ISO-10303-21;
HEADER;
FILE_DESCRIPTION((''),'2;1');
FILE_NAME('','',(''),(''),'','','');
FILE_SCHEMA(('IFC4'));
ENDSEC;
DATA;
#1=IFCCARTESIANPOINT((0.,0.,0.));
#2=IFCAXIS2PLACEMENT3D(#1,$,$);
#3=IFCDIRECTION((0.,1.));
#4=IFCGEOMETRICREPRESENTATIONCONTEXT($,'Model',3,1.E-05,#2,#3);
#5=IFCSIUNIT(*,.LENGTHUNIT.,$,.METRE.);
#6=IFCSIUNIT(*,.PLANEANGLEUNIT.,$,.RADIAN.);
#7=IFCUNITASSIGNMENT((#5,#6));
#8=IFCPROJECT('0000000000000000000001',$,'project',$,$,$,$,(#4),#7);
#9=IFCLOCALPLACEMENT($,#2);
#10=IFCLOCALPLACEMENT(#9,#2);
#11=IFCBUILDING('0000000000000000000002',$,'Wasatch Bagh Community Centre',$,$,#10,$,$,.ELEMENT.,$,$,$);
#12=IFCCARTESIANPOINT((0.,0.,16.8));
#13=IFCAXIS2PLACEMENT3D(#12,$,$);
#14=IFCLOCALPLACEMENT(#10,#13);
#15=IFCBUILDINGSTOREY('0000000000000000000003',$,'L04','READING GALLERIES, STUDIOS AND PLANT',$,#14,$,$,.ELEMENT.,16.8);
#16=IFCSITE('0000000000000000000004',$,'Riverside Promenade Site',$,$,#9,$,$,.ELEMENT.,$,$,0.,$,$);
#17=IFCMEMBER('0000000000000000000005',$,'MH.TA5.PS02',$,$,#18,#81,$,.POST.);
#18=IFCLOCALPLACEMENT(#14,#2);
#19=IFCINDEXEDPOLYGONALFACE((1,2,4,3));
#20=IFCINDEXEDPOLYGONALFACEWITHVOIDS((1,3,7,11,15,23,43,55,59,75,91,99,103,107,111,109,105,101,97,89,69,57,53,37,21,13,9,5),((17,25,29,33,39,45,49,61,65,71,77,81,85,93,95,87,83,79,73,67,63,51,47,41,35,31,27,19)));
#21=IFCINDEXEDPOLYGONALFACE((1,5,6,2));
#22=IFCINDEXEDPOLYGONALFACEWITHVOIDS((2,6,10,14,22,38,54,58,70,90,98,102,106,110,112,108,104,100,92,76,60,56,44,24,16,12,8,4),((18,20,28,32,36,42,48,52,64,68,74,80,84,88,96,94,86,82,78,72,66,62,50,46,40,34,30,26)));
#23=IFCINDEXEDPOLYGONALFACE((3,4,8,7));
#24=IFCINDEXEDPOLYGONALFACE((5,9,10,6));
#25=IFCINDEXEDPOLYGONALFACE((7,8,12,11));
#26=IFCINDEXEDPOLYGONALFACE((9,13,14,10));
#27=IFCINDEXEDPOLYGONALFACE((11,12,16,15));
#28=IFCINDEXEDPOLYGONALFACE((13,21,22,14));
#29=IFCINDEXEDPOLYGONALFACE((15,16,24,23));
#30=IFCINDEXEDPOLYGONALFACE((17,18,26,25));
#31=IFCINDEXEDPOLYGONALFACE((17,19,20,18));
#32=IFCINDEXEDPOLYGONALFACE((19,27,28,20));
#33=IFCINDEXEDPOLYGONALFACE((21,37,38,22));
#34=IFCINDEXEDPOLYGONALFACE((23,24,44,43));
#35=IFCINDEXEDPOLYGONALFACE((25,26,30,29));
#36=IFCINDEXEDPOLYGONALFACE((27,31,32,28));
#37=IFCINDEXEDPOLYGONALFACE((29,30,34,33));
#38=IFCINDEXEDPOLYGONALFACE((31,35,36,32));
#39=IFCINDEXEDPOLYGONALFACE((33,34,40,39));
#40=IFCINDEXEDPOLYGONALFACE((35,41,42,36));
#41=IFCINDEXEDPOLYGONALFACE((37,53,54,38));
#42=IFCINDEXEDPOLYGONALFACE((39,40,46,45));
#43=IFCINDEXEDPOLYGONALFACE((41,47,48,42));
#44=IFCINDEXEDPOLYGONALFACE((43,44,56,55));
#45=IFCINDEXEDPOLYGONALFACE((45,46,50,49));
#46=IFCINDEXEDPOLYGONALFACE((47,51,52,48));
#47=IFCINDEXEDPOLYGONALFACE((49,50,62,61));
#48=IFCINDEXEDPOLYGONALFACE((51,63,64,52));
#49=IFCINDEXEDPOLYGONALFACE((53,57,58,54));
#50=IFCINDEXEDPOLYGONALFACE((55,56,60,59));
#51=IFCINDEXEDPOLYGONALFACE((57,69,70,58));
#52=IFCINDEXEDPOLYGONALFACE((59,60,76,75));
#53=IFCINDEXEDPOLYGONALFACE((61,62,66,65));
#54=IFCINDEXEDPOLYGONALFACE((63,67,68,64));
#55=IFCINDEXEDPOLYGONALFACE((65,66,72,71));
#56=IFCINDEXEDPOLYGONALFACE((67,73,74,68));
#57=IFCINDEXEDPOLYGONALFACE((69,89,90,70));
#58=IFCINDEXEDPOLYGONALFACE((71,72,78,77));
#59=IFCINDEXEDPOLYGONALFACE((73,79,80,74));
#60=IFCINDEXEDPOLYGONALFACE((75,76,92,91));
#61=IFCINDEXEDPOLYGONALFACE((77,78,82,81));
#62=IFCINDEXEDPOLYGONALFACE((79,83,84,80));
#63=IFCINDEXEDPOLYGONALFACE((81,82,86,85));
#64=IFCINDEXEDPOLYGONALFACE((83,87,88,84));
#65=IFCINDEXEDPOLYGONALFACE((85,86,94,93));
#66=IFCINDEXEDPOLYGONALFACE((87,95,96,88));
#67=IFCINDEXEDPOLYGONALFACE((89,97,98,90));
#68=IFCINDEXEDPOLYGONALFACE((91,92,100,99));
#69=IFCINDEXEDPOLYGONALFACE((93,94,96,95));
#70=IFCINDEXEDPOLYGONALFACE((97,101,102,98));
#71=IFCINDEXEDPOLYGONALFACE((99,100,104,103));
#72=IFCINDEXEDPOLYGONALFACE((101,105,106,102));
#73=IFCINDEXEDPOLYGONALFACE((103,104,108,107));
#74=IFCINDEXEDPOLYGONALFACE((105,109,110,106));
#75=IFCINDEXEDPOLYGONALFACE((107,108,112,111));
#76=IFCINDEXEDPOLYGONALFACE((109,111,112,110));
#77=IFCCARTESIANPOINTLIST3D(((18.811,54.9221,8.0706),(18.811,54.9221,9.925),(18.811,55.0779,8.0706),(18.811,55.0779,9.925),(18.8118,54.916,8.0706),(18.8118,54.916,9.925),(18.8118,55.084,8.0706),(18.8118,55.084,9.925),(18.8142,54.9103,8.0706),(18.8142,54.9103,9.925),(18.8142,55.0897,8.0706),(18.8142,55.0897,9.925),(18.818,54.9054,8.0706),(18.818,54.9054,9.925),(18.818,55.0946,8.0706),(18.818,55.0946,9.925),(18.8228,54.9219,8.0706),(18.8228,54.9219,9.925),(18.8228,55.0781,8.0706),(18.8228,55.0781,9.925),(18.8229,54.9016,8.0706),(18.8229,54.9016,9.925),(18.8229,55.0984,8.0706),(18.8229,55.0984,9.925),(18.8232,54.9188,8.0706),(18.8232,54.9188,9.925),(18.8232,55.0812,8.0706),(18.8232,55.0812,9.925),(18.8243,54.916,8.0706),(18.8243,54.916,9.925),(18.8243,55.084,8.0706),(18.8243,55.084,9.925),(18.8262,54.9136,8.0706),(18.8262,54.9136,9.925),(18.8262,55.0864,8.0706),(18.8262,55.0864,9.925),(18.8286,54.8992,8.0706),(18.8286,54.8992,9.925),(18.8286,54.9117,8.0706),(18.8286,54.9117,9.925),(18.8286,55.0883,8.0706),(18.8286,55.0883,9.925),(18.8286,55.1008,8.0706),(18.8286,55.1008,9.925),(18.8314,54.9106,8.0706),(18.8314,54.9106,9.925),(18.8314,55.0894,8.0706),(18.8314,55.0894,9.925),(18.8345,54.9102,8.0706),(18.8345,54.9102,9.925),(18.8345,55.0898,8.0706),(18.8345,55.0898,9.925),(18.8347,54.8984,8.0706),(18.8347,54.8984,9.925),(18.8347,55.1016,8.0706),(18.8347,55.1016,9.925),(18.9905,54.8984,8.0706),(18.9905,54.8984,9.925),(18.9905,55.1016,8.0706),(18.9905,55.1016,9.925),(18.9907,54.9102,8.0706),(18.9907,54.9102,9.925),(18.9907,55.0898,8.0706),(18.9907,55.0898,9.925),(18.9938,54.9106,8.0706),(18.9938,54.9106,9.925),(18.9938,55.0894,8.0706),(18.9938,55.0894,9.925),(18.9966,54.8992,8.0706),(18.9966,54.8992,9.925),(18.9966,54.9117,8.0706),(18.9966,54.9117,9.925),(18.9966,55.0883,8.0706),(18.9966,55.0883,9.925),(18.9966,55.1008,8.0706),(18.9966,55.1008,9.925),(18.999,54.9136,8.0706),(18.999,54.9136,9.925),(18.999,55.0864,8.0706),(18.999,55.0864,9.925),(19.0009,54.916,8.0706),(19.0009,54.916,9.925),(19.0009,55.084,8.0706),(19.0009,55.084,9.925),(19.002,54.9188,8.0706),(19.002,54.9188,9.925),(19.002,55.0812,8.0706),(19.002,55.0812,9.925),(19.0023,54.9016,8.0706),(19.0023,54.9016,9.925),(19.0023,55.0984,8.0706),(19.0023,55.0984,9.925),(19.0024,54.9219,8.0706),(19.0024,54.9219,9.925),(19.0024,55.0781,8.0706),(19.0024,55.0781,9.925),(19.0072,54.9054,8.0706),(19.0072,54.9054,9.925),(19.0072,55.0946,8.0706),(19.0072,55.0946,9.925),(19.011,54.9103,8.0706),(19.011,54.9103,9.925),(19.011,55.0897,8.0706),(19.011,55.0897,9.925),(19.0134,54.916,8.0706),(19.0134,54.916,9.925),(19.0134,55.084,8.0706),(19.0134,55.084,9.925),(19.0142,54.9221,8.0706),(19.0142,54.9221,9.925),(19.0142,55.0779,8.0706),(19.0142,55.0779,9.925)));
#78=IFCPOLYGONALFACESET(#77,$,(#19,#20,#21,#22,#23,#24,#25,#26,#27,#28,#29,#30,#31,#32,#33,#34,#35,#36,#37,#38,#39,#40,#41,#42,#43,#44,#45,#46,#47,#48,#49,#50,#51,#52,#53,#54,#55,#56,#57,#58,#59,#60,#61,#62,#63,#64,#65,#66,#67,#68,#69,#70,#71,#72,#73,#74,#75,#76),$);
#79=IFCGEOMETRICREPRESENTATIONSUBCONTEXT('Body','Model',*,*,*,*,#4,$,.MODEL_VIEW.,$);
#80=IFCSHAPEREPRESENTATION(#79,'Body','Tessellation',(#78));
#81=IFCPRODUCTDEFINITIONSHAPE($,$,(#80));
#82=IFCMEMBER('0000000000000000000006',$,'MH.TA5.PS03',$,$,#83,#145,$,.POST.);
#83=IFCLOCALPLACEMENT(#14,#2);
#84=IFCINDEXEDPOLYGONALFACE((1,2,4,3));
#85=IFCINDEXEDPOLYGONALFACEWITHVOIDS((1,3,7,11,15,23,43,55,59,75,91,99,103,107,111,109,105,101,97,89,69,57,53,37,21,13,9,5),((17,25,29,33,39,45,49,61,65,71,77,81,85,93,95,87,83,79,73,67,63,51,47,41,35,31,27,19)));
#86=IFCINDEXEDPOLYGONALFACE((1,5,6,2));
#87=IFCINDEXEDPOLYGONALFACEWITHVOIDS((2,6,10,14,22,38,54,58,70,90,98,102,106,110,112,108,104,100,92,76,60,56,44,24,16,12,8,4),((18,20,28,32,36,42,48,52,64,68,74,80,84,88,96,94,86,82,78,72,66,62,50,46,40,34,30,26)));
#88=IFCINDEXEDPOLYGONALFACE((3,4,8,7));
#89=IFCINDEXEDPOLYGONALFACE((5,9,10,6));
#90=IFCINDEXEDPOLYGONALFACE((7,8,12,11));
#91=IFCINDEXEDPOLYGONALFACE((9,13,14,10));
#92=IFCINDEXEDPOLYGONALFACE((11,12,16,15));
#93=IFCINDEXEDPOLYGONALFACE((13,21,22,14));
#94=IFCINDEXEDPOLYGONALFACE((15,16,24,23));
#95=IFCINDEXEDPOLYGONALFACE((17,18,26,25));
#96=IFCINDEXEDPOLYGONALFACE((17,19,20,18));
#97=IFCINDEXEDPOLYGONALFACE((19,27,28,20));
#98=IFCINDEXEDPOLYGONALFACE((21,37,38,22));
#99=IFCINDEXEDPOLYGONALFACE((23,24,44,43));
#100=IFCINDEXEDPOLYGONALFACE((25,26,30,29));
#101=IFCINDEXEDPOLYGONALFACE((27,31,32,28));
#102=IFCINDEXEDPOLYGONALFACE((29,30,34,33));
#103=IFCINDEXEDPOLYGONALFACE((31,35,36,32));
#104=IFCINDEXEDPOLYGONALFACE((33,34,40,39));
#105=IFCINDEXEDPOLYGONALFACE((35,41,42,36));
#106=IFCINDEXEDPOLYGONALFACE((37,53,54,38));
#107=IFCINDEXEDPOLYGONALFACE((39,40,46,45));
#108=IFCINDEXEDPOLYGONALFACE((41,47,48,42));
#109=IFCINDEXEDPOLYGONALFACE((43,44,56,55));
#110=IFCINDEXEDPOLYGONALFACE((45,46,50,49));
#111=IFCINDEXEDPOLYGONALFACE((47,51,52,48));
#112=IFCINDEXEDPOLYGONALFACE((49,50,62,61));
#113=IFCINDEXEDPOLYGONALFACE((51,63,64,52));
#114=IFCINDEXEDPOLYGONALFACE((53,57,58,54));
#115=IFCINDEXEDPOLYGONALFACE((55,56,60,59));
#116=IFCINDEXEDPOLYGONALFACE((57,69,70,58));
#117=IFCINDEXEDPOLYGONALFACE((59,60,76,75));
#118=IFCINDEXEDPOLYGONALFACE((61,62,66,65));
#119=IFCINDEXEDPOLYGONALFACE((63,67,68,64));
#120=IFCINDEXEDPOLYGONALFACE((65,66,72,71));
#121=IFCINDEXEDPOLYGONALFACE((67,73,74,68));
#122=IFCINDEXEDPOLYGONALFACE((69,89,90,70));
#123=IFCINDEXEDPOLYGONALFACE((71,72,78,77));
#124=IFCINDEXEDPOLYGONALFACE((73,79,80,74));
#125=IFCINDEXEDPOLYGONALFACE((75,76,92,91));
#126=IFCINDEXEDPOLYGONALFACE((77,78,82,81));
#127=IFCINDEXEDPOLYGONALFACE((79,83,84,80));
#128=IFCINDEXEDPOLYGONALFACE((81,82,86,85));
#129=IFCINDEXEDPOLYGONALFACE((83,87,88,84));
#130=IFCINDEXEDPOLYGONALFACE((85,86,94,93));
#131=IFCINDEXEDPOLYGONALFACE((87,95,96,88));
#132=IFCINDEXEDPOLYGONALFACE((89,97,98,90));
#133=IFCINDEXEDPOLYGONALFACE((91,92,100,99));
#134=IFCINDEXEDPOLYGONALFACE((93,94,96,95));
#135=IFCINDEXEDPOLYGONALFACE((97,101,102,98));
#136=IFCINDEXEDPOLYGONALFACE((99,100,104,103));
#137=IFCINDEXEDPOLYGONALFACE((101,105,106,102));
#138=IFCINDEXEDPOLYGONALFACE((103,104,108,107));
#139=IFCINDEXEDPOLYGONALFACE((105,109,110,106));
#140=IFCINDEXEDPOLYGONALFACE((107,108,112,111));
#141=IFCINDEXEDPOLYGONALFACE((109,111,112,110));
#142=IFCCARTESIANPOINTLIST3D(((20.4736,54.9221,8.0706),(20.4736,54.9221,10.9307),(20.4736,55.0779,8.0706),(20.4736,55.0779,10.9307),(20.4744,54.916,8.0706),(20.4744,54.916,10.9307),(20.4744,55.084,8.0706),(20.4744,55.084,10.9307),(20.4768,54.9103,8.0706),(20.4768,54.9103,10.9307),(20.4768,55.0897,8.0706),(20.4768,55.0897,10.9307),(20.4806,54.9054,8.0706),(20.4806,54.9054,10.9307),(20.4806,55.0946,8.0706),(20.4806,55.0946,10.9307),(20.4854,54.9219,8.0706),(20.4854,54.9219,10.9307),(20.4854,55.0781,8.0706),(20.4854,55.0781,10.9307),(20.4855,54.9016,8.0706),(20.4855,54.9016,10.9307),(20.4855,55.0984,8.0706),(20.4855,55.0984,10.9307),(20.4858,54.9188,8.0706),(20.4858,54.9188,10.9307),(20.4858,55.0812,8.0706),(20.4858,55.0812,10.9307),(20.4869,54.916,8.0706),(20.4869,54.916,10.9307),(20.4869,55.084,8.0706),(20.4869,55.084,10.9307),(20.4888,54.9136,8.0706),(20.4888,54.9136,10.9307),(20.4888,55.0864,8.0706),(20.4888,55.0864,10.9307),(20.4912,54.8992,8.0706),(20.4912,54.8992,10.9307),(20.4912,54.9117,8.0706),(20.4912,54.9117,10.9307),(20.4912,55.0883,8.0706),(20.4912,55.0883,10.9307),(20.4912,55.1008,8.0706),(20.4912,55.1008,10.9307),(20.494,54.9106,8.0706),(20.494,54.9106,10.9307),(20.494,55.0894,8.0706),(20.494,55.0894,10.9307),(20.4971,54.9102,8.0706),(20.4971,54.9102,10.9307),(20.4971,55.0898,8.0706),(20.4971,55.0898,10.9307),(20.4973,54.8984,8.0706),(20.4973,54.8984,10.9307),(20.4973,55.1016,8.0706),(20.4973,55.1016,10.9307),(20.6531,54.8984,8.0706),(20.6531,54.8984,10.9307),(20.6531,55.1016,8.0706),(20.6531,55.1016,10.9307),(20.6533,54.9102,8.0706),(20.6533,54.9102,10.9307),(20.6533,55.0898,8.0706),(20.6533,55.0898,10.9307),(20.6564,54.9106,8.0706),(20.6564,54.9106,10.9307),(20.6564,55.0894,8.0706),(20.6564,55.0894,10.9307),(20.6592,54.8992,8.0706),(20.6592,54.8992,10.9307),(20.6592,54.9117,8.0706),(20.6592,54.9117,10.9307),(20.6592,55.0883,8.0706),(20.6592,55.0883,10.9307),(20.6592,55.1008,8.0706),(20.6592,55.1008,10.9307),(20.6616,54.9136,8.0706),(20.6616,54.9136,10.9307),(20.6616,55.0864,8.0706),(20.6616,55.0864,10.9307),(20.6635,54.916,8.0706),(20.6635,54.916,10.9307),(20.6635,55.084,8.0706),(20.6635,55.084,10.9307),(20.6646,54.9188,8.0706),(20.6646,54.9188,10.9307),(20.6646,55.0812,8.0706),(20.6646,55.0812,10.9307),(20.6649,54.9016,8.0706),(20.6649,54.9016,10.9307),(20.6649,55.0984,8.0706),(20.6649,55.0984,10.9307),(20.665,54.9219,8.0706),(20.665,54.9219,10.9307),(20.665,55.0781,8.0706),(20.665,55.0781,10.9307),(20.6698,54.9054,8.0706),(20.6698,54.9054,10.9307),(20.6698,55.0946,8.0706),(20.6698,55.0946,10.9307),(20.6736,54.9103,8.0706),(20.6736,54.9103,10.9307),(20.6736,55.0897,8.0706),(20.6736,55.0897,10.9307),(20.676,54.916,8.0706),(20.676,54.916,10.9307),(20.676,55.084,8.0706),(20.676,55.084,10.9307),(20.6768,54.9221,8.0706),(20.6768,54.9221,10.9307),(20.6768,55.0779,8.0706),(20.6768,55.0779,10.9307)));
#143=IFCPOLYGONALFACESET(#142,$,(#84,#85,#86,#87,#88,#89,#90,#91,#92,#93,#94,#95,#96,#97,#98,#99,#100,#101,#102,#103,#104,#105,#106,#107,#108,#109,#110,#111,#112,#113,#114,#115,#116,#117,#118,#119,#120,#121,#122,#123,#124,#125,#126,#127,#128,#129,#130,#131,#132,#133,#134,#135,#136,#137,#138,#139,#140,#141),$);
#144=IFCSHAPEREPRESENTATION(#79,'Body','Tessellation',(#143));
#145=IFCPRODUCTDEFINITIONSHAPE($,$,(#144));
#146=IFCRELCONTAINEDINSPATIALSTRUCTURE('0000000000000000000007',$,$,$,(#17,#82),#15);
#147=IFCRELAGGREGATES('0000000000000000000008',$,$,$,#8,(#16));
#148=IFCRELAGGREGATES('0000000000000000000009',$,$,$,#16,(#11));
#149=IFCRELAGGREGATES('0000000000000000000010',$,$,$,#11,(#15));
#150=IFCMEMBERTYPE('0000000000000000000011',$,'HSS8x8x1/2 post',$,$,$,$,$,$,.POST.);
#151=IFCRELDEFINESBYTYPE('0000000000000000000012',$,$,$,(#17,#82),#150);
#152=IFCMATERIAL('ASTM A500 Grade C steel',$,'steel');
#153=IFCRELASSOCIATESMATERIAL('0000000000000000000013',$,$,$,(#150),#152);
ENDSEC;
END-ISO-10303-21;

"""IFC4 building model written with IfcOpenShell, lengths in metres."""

from ifc_helpers import new_model, si_unit, direction, frame, origin, origin_2d, place, context, subcontext, project, spatial, hollow_rectangle, extrude, material, material_profile, profile_set, type_object, element, save


model = new_model("IFC4")

# Units and contexts
model_context = context("Model", 3, precision=1e-05, world=origin(), true_north=direction((0.0, 1.0)))
body_context = subcontext(model_context, "Body", "Model", "MODEL_VIEW")
ifc_project = project(units=[si_unit("LENGTHUNIT", "METRE"), si_unit("PLANEANGLEUNIT", "RADIAN")], contexts=[model_context])

# Site, building, storey
site_placement = place(None, origin())
site = spatial("IfcSite", under=ifc_project, at=site_placement, Name="Riverside Promenade Site", CompositionType="ELEMENT", RefElevation=0.0)
building_placement = place(site_placement, origin())
building = spatial("IfcBuilding", under=site, at=building_placement, Name="Wasatch Bagh Community Centre", CompositionType="ELEMENT")
storey_placement = place(building_placement, frame((0.0, 0.0, 16.8)))
storey = spatial("IfcBuildingStorey", under=building, at=storey_placement, Name="L04", Description="READING GALLERIES, STUDIOS AND PLANT", CompositionType="ELEMENT", Elevation=16.8)

# Members
ifc_material_1 = material(Name="ASTM A500 Grade C steel", Category="steel")
ifc_material_profile_1 = material_profile(ifc_material_1, hollow_rectangle(XDim=0.2031, YDim=0.2031, WallThickness=0.0117, InnerFilletRadius=0.0117, OuterFilletRadius=0.0237, at=origin_2d()), Name="HSS8x8x1/2")
ifc_profile_set_1 = profile_set([ifc_material_profile_1], Name="ASTM A500 Grade C steel")
member_type_1 = type_object("IfcMemberType", Name="HSS8x8x1/2 post", PredefinedType="POST", material=ifc_profile_set_1)
member_1_placement = place(storey_placement, frame((18.9126, 55.0, 8.0706), z_axis=(0.0, 0.0, 1.0), x_axis=(1.0, 0.0, 0.0)))
element("IfcMember", 1, at=member_1_placement, inside=storey, type_object=member_type_1, Name="MH.TA5.PS02", PredefinedType="POST", context=body_context, shape_type="SweptSolid", body=[
    extrude(hollow_rectangle(XDim=0.2031, YDim=0.2031, WallThickness=0.0117, InnerFilletRadius=0.0117, OuterFilletRadius=0.0237, at=origin_2d()), origin(), (0.0, 0.0, 1.0), 1.8545),
])
member_2_placement = place(storey_placement, frame((20.5752, 55.0, 8.0706), z_axis=(0.0, 0.0, 1.0), x_axis=(1.0, 0.0, 0.0)))
element("IfcMember", 2, at=member_2_placement, inside=storey, type_object=member_type_1, Name="MH.TA5.PS03", PredefinedType="POST", context=body_context, shape_type="SweptSolid", body=[
    extrude(hollow_rectangle(XDim=0.2031, YDim=0.2031, WallThickness=0.0117, InnerFilletRadius=0.0117, OuterFilletRadius=0.0237, at=origin_2d()), origin(), (0.0, 0.0, 1.0), 2.8601),
])

save(model, "model.ifc")
